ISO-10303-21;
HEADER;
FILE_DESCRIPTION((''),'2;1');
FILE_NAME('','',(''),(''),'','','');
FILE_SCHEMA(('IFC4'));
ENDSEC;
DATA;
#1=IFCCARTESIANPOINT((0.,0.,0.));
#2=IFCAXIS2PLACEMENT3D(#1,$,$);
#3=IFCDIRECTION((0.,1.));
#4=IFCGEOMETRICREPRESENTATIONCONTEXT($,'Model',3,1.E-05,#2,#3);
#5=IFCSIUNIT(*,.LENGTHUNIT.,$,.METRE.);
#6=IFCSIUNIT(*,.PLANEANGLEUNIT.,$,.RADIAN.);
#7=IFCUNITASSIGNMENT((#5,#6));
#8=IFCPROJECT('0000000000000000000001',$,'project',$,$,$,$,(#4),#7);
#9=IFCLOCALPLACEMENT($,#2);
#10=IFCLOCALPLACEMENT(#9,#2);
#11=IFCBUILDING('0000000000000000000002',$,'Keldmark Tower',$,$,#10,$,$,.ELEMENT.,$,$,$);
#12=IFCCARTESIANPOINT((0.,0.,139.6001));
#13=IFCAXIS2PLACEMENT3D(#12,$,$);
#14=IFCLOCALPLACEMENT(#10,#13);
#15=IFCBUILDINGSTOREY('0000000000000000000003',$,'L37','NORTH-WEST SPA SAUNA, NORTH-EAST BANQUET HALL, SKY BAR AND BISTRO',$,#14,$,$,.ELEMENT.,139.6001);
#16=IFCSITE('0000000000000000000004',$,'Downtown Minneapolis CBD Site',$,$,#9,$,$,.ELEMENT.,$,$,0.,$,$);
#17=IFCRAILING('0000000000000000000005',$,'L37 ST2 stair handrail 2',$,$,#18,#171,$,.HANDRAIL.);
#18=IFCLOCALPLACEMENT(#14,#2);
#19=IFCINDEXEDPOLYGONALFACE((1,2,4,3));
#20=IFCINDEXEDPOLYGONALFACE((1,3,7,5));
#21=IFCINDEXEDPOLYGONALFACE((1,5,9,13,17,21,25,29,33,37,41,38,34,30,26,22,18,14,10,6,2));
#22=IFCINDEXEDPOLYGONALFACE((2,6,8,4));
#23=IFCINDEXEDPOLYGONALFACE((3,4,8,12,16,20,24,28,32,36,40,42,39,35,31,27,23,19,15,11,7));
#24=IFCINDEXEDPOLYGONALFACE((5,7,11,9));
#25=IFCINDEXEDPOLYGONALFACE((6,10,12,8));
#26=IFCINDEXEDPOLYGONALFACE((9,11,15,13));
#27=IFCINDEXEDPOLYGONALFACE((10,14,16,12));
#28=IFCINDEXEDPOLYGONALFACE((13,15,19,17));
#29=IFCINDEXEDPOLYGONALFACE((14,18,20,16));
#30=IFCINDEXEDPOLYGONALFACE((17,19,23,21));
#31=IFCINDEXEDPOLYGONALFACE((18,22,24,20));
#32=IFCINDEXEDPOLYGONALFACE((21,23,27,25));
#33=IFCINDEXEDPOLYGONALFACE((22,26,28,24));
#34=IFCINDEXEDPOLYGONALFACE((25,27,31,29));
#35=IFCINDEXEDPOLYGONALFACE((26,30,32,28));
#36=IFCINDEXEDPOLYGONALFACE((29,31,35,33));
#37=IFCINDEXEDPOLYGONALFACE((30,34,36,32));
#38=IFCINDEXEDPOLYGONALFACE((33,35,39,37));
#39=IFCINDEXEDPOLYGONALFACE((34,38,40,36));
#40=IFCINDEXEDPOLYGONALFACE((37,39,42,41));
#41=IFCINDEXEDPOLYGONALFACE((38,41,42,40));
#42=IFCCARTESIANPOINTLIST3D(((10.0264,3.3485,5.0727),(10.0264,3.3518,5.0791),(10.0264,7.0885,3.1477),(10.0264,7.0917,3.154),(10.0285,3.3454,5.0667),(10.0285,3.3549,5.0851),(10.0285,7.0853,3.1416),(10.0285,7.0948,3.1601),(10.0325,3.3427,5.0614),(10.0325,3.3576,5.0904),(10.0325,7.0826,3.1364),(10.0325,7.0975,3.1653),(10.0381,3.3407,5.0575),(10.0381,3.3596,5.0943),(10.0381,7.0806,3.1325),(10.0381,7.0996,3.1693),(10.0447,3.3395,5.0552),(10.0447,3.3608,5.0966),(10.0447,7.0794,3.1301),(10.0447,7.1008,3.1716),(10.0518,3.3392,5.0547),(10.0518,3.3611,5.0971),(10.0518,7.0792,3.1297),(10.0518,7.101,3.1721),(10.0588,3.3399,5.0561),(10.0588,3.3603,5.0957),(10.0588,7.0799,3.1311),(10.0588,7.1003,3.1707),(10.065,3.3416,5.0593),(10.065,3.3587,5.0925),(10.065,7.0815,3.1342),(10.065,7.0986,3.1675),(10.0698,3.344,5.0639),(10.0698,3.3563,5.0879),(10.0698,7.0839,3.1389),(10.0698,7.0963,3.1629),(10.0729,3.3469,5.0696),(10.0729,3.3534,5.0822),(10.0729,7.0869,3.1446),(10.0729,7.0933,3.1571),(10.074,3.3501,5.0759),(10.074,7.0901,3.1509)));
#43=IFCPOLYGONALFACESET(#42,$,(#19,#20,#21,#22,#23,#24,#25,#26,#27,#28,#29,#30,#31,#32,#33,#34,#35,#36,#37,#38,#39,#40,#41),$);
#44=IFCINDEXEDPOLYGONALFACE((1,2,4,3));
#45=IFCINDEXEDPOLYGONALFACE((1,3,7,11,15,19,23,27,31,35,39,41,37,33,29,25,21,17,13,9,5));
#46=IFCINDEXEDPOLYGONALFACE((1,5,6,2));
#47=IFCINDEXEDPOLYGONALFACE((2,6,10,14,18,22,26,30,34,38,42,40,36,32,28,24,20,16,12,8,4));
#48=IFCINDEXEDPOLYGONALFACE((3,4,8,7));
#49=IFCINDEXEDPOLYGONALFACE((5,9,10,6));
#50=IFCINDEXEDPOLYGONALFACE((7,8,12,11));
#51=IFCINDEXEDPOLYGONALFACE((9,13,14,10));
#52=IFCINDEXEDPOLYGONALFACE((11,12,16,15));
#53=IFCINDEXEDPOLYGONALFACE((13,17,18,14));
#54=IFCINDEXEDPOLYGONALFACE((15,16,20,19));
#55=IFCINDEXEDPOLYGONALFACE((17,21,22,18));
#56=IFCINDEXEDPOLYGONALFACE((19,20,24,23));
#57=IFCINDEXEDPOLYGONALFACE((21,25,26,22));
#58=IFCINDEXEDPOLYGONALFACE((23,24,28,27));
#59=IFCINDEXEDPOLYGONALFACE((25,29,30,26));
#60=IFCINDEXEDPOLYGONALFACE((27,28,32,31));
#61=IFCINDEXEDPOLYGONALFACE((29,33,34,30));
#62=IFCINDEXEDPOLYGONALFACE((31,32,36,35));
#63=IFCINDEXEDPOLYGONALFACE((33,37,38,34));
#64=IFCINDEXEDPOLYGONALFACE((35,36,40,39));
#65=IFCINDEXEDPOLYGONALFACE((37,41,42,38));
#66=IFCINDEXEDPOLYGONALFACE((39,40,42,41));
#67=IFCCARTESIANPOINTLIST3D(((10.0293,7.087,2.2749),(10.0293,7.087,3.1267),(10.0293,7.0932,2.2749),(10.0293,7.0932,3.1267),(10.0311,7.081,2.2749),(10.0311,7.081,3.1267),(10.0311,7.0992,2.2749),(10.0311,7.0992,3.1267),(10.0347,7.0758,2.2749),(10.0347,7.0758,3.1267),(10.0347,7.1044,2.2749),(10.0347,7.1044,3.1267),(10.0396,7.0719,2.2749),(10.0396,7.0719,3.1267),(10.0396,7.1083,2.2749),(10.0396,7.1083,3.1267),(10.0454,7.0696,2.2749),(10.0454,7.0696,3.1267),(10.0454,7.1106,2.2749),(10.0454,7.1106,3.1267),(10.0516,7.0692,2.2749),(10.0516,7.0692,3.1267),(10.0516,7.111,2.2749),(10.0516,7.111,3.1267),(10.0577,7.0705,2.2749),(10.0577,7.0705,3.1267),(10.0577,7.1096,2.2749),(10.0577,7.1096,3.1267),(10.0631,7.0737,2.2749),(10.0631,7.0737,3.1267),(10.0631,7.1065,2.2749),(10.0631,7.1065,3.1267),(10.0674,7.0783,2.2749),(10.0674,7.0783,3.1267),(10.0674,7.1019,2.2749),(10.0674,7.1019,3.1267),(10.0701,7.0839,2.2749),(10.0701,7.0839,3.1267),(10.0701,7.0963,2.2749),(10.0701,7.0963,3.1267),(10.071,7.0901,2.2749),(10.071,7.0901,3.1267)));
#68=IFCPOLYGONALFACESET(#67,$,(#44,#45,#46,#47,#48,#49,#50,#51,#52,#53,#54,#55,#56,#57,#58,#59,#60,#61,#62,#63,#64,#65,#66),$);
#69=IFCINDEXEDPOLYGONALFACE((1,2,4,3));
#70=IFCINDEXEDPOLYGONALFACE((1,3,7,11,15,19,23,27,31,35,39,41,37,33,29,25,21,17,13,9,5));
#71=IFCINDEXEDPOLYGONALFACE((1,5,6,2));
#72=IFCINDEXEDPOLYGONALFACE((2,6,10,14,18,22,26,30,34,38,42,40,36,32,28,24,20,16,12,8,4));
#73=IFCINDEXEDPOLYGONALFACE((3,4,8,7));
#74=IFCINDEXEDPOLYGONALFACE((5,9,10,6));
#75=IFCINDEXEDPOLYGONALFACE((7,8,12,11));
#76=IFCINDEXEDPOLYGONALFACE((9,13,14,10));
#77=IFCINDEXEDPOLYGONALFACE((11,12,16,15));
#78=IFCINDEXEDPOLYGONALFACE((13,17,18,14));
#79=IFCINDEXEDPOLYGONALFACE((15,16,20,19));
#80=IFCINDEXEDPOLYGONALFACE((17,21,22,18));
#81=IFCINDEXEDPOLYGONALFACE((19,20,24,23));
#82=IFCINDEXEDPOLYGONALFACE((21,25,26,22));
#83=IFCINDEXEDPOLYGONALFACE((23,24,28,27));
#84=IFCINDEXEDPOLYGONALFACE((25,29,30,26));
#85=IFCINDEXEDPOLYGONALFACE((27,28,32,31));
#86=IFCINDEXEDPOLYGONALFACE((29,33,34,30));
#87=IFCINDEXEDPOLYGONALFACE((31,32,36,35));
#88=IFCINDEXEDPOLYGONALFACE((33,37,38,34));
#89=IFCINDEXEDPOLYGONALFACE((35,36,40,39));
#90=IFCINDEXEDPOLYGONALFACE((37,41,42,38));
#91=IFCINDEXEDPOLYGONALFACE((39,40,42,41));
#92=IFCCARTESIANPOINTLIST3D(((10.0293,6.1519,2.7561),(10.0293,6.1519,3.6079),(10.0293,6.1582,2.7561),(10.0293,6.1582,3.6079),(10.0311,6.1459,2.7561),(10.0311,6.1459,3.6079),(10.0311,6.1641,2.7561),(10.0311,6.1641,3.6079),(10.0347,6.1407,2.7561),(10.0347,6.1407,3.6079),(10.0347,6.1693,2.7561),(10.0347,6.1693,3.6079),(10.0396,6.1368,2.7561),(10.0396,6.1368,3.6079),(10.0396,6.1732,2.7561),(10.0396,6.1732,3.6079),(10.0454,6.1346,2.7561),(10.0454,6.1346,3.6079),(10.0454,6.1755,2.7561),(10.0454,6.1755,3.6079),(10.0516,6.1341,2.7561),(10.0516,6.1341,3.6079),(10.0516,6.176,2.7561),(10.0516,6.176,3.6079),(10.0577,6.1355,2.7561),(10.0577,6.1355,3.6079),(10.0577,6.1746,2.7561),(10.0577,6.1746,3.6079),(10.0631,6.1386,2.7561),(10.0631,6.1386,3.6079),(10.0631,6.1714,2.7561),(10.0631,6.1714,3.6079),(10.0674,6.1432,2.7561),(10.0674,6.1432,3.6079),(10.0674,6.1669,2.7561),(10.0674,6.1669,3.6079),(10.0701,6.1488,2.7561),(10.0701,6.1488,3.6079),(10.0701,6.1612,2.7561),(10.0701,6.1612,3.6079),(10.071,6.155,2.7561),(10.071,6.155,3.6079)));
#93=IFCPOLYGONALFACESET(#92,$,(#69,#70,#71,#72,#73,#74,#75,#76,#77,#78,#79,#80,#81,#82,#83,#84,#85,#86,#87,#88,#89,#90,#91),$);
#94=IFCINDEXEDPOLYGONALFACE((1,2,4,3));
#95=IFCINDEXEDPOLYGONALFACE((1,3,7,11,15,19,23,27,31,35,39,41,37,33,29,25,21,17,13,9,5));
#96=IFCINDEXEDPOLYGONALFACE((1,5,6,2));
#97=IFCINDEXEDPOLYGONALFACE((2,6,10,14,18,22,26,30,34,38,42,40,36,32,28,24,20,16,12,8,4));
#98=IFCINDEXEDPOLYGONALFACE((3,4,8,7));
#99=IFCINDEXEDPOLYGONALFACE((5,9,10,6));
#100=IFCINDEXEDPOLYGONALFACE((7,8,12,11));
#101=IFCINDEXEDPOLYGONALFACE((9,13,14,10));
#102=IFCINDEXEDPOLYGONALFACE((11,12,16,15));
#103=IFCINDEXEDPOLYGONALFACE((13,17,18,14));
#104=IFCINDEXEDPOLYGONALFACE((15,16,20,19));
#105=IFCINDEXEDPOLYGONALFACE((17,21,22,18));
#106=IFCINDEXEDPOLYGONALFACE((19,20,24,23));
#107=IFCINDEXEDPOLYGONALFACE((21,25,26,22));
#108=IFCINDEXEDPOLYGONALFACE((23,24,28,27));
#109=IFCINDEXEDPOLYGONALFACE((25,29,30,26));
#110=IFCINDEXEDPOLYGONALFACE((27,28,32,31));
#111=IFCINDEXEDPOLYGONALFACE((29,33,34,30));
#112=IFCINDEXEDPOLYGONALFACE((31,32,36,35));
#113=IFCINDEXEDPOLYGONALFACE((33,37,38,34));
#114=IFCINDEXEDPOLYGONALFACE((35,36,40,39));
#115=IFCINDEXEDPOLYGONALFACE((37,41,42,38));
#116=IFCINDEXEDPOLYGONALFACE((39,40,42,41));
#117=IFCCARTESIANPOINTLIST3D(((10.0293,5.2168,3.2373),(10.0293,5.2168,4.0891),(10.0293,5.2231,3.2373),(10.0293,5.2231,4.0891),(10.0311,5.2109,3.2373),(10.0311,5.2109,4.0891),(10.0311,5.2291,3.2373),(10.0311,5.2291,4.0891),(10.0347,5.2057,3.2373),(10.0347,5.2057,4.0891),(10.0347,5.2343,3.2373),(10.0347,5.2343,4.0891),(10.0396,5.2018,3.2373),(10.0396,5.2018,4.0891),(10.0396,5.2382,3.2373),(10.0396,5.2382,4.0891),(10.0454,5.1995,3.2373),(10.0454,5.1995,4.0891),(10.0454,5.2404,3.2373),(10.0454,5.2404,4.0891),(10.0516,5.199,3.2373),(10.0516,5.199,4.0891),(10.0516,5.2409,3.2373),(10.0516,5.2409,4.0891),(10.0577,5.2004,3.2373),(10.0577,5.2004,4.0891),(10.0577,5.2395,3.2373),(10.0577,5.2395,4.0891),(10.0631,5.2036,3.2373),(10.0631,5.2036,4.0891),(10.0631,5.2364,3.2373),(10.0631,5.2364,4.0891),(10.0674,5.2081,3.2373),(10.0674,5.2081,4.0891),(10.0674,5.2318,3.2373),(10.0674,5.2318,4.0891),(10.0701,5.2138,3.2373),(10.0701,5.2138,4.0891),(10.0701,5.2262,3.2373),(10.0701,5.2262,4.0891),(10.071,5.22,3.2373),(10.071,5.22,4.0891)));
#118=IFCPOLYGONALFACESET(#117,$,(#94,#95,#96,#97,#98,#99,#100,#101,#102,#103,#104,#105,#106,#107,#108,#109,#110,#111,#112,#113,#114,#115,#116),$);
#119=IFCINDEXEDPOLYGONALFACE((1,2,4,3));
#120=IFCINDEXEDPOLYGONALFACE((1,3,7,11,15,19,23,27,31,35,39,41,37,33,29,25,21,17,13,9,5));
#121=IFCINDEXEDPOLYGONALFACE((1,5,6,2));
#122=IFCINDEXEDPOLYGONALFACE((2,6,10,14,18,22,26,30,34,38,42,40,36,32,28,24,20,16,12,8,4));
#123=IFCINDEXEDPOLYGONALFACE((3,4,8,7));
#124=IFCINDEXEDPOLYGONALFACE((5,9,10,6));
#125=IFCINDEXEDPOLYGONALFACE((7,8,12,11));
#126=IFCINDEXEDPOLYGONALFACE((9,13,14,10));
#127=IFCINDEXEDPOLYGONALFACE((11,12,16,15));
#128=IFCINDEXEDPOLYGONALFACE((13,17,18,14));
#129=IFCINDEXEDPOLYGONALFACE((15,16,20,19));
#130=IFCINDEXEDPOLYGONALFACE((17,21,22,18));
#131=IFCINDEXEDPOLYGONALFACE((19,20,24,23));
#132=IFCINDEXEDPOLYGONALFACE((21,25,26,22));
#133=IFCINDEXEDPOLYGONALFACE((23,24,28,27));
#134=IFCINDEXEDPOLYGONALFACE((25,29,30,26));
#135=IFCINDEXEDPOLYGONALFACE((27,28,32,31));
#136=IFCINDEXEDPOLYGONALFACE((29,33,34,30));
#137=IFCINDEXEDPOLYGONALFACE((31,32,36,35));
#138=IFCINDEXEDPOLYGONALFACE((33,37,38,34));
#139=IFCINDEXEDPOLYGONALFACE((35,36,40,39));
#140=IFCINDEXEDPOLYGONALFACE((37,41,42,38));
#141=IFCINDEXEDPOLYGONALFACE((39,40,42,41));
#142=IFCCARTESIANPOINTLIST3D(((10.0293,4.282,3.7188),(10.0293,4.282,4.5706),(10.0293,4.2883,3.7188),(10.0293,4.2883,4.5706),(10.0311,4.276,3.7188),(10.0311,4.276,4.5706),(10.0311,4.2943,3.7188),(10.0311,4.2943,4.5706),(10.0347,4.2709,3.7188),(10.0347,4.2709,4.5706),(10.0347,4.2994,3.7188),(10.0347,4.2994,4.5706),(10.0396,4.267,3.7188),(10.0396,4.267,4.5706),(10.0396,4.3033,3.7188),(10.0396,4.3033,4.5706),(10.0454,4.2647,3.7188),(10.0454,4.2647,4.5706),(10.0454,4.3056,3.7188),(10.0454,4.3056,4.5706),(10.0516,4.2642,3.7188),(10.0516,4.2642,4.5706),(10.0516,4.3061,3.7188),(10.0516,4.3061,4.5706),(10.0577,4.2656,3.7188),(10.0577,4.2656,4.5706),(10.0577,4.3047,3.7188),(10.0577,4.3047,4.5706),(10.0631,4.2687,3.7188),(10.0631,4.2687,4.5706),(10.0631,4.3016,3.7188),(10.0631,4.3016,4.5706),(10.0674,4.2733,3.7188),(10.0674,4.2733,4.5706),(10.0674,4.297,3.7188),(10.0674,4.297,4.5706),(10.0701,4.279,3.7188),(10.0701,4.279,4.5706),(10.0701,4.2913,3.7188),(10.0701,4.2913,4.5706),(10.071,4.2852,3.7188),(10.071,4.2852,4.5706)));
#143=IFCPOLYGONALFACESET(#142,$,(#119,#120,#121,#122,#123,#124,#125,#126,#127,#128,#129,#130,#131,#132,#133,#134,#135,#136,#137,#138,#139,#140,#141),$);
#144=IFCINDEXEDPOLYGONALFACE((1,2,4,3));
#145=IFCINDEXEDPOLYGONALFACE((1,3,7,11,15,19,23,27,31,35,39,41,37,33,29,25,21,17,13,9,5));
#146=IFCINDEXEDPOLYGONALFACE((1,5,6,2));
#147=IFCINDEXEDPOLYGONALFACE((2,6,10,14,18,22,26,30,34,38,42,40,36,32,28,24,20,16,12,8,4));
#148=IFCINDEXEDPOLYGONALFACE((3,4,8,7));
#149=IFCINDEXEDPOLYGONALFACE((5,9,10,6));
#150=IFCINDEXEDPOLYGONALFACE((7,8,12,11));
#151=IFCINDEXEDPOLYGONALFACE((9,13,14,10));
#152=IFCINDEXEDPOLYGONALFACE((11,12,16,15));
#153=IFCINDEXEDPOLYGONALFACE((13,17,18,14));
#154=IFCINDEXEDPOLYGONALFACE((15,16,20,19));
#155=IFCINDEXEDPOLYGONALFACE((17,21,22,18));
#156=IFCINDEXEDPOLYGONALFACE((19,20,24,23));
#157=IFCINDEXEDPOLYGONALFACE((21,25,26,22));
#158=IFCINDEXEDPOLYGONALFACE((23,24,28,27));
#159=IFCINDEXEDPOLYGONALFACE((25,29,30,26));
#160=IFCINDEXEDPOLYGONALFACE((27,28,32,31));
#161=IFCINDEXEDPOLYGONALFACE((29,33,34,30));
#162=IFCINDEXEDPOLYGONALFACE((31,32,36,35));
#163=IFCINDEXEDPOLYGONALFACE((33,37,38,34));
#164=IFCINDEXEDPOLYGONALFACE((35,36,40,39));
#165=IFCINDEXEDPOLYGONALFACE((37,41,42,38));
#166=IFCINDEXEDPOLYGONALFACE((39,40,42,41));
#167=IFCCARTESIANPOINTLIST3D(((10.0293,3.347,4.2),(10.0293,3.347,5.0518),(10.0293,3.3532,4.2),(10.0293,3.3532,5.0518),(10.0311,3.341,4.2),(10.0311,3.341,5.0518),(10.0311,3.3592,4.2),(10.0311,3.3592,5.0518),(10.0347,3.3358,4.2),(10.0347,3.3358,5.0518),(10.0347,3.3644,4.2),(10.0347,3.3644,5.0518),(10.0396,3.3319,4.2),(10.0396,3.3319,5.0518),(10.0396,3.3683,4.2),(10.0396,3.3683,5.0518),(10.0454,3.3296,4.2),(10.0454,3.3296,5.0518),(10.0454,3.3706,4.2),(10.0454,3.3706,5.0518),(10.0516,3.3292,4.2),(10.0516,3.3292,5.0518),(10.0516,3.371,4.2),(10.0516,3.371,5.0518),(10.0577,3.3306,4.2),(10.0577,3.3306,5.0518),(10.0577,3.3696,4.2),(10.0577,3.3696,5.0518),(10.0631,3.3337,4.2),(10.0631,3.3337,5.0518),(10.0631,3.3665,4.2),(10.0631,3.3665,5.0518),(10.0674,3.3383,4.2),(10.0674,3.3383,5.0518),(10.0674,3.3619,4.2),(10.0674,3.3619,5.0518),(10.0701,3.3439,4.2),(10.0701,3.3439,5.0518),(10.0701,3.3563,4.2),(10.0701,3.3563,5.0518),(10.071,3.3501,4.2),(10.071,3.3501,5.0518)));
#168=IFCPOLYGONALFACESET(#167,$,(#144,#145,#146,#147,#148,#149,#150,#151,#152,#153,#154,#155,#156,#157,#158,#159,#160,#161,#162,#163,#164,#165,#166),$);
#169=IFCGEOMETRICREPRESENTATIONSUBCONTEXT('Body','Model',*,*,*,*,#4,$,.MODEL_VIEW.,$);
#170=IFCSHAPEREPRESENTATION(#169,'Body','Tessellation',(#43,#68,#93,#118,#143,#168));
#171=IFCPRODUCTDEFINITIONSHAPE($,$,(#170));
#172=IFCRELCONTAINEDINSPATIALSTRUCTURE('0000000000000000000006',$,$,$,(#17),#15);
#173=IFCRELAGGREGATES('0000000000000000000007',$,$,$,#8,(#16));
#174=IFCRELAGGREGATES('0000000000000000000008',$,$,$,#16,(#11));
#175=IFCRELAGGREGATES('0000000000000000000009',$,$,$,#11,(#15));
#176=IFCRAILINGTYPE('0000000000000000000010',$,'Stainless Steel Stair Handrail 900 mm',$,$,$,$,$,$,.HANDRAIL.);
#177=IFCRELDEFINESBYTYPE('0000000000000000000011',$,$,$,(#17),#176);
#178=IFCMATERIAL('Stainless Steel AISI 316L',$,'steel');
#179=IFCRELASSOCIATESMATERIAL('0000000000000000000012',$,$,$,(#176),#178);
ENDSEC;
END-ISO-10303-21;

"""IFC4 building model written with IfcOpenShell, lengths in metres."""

from ifc_helpers import new_model, si_unit, direction, frame, origin, origin_2d, place, context, subcontext, project, spatial, circle, extrude, material, type_object, element, save


model = new_model("IFC4")

# Units and contexts
model_context = context("Model", 3, precision=1e-05, world=origin(), true_north=direction((0.0, 1.0)))
body_context = subcontext(model_context, "Body", "Model", "MODEL_VIEW")
ifc_project = project(units=[si_unit("LENGTHUNIT", "METRE"), si_unit("PLANEANGLEUNIT", "RADIAN")], contexts=[model_context])

# Site, building, storey
site_placement = place(None, origin())
site = spatial("IfcSite", under=ifc_project, at=site_placement, Name="Downtown Minneapolis CBD Site", CompositionType="ELEMENT", RefElevation=0.0)
building_placement = place(site_placement, origin())
building = spatial("IfcBuilding", under=site, at=building_placement, Name="Keldmark Tower", CompositionType="ELEMENT")
storey_placement = place(building_placement, frame((0.0, 0.0, 139.6001)))
storey = spatial("IfcBuildingStorey", under=building, at=storey_placement, Name="L37", Description="NORTH-WEST SPA SAUNA, NORTH-EAST BANQUET HALL, SKY BAR AND BISTRO", CompositionType="ELEMENT", Elevation=139.6001)

# Railing
ifc_material_1 = material(Name="Stainless Steel AISI 316L", Category="steel")
railing_type_1 = type_object("IfcRailingType", Name="Stainless Steel Stair Handrail 900 mm", PredefinedType="HANDRAIL", material=ifc_material_1)
railing_1_placement = place(storey_placement, frame((10.05, 7.0901, 2.2749)))
element("IfcRailing", 1, at=railing_1_placement, inside=storey, type_object=railing_type_1, Name="L37 ST2 stair handrail 2", PredefinedType="HANDRAIL", context=body_context, shape_type="SweptSolid", body=[
    extrude(circle(Radius=0.0239, at=origin_2d()), frame((0.0, 0.0, 0.876), z_axis=(0.0, -0.889131, 0.457654), x_axis=(1.0, 0.0, 0.0)), (0.0, 0.0, 1.0), 4.2063),
    extrude(circle(Radius=0.021, at=origin_2d()), origin(), (0.0, 0.0, 1.0), 0.8518),
    extrude(circle(Radius=0.021, at=origin_2d()), frame((0.0, -0.9351, 0.4812)), (0.0, 0.0, 1.0), 0.8518),
    extrude(circle(Radius=0.021, at=origin_2d()), frame((0.0, -1.8701, 0.9624)), (0.0, 0.0, 1.0), 0.8518),
    extrude(circle(Radius=0.021, at=origin_2d()), frame((0.0, -2.8049, 1.4438)), (0.0, 0.0, 1.0), 0.8518),
    extrude(circle(Radius=0.021, at=origin_2d()), frame((0.0, -3.74, 1.925)), (0.0, 0.0, 1.0), 0.8518),
])

save(model, "model.ifc")
